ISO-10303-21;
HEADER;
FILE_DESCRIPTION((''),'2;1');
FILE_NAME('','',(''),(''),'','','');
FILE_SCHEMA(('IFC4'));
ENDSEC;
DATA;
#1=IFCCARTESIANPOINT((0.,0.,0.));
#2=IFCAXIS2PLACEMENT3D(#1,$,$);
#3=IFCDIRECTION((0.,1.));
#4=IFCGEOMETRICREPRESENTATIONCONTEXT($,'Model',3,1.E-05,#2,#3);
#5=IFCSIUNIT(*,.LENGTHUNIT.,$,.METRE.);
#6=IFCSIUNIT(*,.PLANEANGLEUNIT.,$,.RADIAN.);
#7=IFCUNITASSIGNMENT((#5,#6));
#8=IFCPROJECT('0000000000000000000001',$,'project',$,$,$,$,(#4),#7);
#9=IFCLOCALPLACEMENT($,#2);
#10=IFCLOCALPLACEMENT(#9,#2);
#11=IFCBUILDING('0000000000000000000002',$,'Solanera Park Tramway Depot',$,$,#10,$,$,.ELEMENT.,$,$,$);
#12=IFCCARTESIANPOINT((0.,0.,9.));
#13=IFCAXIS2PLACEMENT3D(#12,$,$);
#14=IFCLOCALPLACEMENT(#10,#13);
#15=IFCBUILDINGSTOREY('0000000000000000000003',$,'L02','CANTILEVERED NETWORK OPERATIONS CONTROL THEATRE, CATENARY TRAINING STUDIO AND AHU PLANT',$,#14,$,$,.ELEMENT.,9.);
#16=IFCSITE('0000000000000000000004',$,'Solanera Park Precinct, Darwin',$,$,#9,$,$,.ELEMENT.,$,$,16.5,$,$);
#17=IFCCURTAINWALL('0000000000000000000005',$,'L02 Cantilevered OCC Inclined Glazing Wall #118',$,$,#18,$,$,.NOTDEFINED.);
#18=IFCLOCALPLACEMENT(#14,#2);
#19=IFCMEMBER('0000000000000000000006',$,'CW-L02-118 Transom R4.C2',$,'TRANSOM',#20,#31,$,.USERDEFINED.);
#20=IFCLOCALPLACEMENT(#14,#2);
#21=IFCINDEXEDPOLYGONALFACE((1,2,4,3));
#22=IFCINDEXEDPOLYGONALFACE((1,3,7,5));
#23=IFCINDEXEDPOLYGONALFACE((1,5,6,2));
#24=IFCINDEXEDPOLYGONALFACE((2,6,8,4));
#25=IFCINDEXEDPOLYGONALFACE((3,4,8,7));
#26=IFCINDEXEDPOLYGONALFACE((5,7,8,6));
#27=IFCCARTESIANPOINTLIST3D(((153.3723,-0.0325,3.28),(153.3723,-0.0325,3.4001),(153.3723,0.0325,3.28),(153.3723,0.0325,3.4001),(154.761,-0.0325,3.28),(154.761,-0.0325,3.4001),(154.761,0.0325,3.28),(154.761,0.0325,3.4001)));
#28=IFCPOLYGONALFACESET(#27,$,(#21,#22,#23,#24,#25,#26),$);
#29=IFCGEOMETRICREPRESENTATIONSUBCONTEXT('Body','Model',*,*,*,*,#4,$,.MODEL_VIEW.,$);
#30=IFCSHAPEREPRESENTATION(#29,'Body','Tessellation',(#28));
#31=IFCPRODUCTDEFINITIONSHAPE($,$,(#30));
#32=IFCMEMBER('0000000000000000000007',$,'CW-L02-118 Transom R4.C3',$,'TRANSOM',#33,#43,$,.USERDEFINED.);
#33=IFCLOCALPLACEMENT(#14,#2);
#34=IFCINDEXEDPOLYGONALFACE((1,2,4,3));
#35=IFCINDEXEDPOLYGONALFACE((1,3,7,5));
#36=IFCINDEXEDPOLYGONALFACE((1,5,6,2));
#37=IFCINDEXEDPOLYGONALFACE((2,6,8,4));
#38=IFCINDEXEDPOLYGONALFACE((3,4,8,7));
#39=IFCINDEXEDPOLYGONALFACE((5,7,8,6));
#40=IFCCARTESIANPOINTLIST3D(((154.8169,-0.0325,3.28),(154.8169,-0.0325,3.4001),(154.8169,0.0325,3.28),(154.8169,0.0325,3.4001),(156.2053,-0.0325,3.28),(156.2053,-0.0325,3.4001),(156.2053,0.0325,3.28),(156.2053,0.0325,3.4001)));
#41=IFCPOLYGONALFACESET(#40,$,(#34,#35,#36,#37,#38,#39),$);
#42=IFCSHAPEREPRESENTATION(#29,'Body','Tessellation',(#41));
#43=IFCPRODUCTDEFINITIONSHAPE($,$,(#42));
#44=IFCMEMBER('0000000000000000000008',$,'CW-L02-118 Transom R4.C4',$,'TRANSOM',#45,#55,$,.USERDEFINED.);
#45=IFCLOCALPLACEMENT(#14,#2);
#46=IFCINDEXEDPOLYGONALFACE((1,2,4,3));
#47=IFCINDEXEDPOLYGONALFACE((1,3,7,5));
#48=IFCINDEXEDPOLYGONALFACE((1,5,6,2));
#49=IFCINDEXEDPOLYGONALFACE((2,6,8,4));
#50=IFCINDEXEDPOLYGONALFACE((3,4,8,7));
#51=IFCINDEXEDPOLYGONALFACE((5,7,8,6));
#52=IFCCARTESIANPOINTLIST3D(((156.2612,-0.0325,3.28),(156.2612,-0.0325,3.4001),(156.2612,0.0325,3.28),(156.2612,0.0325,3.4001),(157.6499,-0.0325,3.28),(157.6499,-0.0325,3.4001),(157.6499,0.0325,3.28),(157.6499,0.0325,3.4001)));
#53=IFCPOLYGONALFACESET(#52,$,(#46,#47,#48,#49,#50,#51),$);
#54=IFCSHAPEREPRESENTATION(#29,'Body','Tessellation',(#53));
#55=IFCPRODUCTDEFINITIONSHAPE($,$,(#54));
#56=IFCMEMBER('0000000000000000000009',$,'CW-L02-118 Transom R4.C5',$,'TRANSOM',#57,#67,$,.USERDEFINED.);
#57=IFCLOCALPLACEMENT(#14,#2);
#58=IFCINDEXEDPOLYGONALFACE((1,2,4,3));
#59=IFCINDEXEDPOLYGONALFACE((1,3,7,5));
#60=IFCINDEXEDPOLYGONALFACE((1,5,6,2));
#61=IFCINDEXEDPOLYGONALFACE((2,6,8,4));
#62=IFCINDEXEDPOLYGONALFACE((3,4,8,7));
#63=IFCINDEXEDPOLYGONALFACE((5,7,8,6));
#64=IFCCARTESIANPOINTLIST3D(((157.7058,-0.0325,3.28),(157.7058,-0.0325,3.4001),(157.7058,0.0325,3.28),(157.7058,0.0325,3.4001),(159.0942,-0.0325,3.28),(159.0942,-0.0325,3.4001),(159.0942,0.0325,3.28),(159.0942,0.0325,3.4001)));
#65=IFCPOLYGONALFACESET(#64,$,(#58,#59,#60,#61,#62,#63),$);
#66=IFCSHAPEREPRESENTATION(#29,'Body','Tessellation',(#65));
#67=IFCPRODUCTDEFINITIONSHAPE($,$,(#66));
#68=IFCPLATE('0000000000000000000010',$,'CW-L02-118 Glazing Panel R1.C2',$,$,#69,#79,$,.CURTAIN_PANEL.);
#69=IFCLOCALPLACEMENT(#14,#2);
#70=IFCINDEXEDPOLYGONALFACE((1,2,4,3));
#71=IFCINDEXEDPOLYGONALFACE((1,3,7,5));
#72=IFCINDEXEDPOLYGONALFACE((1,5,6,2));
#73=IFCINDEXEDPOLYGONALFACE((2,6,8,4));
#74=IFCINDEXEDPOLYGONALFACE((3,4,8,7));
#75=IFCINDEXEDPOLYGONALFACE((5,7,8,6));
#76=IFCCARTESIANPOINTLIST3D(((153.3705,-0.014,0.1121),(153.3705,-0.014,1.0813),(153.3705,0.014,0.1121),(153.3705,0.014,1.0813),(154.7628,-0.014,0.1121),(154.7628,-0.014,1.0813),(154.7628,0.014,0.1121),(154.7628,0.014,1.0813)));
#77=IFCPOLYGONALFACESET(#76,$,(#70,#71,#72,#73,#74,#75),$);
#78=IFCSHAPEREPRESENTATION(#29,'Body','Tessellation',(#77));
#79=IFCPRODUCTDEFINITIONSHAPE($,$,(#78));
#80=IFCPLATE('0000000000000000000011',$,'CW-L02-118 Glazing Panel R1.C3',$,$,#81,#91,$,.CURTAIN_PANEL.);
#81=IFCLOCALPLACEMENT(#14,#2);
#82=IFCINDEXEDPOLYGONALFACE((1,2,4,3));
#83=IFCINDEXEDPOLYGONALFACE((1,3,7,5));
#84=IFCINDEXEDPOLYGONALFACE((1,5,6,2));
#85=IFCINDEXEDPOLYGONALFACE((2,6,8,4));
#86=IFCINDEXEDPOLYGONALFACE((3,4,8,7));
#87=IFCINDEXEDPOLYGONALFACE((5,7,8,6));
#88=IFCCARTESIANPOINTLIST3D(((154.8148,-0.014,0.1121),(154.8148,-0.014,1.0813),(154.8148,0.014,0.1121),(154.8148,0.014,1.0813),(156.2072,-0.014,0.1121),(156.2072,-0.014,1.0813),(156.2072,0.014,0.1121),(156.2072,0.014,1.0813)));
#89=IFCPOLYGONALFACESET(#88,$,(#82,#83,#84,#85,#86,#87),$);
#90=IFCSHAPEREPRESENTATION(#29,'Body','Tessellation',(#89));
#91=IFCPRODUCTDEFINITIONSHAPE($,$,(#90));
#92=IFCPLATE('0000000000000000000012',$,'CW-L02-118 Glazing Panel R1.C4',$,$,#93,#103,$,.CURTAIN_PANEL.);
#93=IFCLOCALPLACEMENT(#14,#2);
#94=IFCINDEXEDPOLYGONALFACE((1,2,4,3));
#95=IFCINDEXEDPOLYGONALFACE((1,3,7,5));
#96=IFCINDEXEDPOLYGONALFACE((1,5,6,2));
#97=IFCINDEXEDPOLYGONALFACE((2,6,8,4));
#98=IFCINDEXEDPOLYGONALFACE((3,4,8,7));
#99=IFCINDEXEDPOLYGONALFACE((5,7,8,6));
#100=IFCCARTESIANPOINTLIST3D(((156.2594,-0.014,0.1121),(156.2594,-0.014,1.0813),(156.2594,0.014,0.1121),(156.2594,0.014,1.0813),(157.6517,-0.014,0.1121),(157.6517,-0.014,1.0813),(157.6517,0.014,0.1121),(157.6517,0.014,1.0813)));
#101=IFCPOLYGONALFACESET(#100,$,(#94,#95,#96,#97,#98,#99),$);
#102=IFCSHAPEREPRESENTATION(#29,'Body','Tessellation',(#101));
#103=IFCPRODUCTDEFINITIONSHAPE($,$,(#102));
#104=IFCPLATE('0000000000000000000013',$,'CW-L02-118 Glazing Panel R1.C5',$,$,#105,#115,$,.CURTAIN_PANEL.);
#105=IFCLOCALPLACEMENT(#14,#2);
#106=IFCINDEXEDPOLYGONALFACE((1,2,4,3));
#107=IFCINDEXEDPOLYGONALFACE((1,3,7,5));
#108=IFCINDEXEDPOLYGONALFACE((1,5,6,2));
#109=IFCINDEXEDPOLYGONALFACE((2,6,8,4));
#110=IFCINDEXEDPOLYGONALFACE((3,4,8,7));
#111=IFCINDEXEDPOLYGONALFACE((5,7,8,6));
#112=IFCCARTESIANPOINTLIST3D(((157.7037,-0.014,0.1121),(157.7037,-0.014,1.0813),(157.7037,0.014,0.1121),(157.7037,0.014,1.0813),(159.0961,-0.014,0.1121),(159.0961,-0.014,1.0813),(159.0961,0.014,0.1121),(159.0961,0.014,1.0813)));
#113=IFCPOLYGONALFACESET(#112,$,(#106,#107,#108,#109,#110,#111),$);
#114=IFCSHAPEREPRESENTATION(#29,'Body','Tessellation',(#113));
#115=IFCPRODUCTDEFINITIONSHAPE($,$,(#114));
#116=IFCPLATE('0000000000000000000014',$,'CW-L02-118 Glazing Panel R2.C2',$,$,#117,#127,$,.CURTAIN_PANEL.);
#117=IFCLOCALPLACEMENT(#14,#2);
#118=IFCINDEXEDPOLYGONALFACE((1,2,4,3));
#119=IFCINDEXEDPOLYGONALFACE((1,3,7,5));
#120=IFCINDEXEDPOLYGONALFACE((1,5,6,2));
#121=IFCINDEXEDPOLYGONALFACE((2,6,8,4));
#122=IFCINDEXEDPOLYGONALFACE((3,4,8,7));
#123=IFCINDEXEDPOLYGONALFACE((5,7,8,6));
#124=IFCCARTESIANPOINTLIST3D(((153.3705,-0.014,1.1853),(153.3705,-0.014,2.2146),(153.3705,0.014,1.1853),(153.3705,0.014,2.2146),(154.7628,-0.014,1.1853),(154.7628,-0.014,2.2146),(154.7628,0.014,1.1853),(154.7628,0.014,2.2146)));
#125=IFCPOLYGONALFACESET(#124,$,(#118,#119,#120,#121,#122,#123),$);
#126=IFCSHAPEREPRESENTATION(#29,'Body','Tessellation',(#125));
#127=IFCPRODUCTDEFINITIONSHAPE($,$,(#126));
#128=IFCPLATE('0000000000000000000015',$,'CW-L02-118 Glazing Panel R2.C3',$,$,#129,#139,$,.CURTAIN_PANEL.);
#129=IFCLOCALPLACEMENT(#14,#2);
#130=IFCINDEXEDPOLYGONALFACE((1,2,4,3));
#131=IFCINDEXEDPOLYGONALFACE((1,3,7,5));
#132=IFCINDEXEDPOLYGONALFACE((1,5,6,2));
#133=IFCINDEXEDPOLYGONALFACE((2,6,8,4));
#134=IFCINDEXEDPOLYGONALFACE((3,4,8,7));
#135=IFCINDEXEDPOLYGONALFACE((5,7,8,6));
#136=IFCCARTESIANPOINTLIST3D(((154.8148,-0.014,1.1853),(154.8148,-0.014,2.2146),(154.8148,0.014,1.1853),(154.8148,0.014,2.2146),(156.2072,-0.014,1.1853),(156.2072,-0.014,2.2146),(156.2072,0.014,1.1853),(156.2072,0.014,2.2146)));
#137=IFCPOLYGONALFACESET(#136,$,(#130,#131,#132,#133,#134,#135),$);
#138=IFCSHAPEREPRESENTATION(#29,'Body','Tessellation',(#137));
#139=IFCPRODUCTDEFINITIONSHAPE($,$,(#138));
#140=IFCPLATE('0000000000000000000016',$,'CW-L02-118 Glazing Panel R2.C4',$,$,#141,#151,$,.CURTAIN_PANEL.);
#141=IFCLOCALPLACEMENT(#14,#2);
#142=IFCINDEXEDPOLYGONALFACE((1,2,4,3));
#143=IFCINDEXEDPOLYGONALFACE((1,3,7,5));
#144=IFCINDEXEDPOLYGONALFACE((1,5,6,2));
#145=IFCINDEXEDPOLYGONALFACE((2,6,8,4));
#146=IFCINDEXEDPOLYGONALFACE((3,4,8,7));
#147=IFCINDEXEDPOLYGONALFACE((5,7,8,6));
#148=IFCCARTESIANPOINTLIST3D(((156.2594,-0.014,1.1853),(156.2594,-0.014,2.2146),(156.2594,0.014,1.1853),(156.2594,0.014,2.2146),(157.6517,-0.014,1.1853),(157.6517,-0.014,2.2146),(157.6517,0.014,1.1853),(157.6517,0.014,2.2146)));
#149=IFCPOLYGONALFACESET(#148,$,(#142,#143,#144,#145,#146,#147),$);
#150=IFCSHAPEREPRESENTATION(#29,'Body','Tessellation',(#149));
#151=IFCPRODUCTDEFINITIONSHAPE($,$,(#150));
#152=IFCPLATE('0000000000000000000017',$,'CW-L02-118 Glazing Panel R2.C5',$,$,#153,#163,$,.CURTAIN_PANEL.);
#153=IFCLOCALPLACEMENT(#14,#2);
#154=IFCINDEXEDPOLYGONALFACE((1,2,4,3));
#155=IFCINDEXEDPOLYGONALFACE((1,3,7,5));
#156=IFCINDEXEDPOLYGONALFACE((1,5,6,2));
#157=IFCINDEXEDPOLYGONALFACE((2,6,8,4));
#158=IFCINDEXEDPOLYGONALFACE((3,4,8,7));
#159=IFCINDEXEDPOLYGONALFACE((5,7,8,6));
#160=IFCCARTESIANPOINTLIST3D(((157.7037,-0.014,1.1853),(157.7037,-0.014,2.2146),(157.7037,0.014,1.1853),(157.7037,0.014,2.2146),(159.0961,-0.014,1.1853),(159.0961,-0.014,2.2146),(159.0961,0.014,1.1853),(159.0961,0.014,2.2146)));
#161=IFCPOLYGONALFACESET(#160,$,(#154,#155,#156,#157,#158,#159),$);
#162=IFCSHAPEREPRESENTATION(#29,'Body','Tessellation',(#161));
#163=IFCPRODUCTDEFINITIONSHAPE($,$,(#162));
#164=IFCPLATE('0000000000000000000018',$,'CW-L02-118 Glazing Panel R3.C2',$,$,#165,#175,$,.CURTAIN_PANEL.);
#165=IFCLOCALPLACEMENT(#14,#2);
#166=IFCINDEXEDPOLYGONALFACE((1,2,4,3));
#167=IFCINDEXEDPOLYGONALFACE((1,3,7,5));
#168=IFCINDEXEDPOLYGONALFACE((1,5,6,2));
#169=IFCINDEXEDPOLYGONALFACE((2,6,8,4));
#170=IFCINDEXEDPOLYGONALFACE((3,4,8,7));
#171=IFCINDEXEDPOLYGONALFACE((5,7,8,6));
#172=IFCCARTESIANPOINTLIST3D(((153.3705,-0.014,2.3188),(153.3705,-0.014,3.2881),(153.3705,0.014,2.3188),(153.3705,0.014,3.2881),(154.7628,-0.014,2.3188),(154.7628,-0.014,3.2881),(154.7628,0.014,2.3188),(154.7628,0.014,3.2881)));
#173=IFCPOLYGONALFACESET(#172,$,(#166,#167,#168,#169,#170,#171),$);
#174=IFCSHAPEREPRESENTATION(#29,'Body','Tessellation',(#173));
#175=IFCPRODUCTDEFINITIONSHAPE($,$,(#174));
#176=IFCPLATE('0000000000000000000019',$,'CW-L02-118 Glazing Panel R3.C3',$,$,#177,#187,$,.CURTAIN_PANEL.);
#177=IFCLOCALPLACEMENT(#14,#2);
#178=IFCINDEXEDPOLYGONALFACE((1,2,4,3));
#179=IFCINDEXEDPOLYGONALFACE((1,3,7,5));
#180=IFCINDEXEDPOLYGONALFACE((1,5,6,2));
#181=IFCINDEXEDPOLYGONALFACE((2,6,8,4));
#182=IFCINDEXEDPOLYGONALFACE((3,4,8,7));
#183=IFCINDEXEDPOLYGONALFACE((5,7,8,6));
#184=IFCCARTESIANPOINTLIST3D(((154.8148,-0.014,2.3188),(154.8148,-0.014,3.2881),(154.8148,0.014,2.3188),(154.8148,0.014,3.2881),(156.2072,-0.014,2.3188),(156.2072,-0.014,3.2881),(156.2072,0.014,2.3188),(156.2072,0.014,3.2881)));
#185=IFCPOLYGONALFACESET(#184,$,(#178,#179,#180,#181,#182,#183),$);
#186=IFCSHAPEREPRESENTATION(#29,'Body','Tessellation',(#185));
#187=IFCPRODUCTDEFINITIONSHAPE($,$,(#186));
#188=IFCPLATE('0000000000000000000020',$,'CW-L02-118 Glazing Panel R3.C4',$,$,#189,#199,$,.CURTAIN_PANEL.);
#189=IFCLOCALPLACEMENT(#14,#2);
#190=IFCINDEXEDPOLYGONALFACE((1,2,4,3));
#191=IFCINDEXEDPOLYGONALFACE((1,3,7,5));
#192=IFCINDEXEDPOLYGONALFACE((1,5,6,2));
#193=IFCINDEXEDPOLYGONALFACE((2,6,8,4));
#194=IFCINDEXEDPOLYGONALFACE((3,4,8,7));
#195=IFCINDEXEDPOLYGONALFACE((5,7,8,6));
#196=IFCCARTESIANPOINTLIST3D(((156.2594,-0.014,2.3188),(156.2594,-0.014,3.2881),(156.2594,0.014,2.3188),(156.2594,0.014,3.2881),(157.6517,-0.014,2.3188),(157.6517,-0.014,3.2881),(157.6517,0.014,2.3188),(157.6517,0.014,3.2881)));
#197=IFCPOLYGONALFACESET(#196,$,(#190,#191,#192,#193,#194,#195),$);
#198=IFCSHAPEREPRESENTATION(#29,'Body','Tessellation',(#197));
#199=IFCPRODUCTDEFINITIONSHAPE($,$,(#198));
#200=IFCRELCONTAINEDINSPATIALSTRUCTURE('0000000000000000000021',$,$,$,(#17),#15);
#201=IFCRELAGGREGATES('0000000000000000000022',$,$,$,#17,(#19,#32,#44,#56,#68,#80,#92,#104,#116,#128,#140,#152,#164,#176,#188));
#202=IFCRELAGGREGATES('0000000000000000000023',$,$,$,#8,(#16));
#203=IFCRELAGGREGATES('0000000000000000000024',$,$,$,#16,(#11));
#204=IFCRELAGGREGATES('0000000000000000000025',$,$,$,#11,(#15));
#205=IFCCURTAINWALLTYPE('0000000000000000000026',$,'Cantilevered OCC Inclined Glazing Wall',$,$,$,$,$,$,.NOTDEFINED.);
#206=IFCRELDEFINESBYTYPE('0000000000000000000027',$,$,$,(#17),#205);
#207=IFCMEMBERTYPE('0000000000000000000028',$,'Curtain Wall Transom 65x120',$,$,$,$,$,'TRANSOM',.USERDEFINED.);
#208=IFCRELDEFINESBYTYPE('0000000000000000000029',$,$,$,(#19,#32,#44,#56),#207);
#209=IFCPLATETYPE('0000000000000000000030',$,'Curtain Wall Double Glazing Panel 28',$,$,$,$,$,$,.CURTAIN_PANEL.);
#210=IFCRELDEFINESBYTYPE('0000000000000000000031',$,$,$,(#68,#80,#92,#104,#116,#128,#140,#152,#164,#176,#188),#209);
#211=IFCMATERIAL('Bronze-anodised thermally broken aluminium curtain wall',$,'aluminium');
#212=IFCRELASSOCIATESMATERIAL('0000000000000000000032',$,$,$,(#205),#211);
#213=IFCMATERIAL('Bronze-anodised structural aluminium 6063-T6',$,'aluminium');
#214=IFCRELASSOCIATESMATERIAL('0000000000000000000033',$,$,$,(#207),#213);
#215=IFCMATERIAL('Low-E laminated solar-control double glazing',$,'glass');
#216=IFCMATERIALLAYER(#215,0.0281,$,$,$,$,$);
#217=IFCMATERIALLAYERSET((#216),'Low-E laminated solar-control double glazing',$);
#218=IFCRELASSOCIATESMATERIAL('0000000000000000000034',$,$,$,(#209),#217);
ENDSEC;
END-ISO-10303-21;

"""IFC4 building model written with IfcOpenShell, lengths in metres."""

from ifc_helpers import new_model, si_unit, direction, frame, origin, origin_2d, place, context, subcontext, project, spatial, rectangle, extrude, material, layer, layer_set, material_profile, profile_set, type_object, element, aggregate, save


model = new_model("IFC4")

# Units and contexts
model_context = context("Model", 3, precision=1e-05, world=origin(), true_north=direction((0.0, 1.0)))
body_context = subcontext(model_context, "Body", "Model", "MODEL_VIEW")
ifc_project = project(units=[si_unit("LENGTHUNIT", "METRE"), si_unit("PLANEANGLEUNIT", "RADIAN")], contexts=[model_context])

# Site, building, storey
site_placement = place(None, origin())
site = spatial("IfcSite", under=ifc_project, at=site_placement, Name="Solanera Park Precinct, Darwin", CompositionType="ELEMENT", RefElevation=16.5)
building_placement = place(site_placement, origin())
building = spatial("IfcBuilding", under=site, at=building_placement, Name="Solanera Park Tramway Depot", CompositionType="ELEMENT")
storey_placement = place(building_placement, frame((0.0, 0.0, 9.0)))
storey = spatial("IfcBuildingStorey", under=building, at=storey_placement, Name="L02", Description="CANTILEVERED NETWORK OPERATIONS CONTROL THEATRE, CATENARY TRAINING STUDIO AND AHU PLANT", CompositionType="ELEMENT", Elevation=9.0)

# Curtain wall, members, plates
ifc_material_1 = material(Name="Bronze-anodised thermally broken aluminium curtain wall", Category="aluminium")
curtain_wall_type = type_object("IfcCurtainWallType", Name="Cantilevered OCC Inclined Glazing Wall", PredefinedType="NOTDEFINED", material=ifc_material_1)
curtain_wall_placement = place(storey_placement, origin())
curtain_wall = element("IfcCurtainWall", 1, at=curtain_wall_placement, inside=storey, type_object=curtain_wall_type, Name="L02 Cantilevered OCC Inclined Glazing Wall #118", PredefinedType="NOTDEFINED")
ifc_material_2 = material(Name="Bronze-anodised structural aluminium 6063-T6", Category="aluminium")
ifc_material_profile_1 = material_profile(ifc_material_2, rectangle(XDim=0.0649, YDim=0.1201, at=origin_2d()), Name="Curtain Wall Transom 65x120")
ifc_profile_set_1 = profile_set([ifc_material_profile_1], Name="Bronze-anodised structural aluminium 6063-T6")
member_type_1 = type_object("IfcMemberType", Name="Curtain Wall Transom 65x120", ElementType="TRANSOM", PredefinedType="USERDEFINED", material=ifc_profile_set_1)
member_1_placement = place(storey_placement, frame((153.3723, 0.0, 3.3401), z_axis=(1.0, 0.0, 0.0), x_axis=(0.0, 1.0, 0.0)))
member_1 = element("IfcMember", 2, at=member_1_placement, type_object=member_type_1, Name="CW-L02-118 Transom R4.C2", ObjectType="TRANSOM", PredefinedType="USERDEFINED", context=body_context, shape_type="SweptSolid", body=[
    extrude(rectangle(XDim=0.0649, YDim=0.1201, at=origin_2d()), origin(), (0.0, 0.0, 1.0), 1.3887),
])
member_2_placement = place(storey_placement, frame((154.8169, 0.0, 3.3401), z_axis=(1.0, 0.0, 0.0), x_axis=(0.0, 1.0, 0.0)))
member_2 = element("IfcMember", 3, at=member_2_placement, type_object=member_type_1, Name="CW-L02-118 Transom R4.C3", ObjectType="TRANSOM", PredefinedType="USERDEFINED", context=body_context, shape_type="SweptSolid", body=[
    extrude(rectangle(XDim=0.0649, YDim=0.1201, at=origin_2d()), origin(), (0.0, 0.0, 1.0), 1.3884),
])
member_3_placement = place(storey_placement, frame((156.2612, 0.0, 3.3401), z_axis=(1.0, 0.0, 0.0), x_axis=(0.0, 1.0, 0.0)))
member_3 = element("IfcMember", 4, at=member_3_placement, type_object=member_type_1, Name="CW-L02-118 Transom R4.C4", ObjectType="TRANSOM", PredefinedType="USERDEFINED", context=body_context, shape_type="SweptSolid", body=[
    extrude(rectangle(XDim=0.0649, YDim=0.1201, at=origin_2d()), origin(), (0.0, 0.0, 1.0), 1.3887),
])
member_4_placement = place(storey_placement, frame((157.7058, 0.0, 3.3401), z_axis=(1.0, 0.0, 0.0), x_axis=(0.0, 1.0, 0.0)))
member_4 = element("IfcMember", 5, at=member_4_placement, type_object=member_type_1, Name="CW-L02-118 Transom R4.C5", ObjectType="TRANSOM", PredefinedType="USERDEFINED", context=body_context, shape_type="SweptSolid", body=[
    extrude(rectangle(XDim=0.0649, YDim=0.1201, at=origin_2d()), origin(), (0.0, 0.0, 1.0), 1.3884),
])
ifc_material_3 = material(Name="Low-E laminated solar-control double glazing", Category="glass")
ifc_layer = layer(ifc_material_3, 0.0281)
ifc_layer_set = layer_set([ifc_layer], Name="Low-E laminated solar-control double glazing")
plate_type = type_object("IfcPlateType", Name="Curtain Wall Double Glazing Panel 28", PredefinedType="CURTAIN_PANEL", material=ifc_layer_set)
plate_1_placement = place(storey_placement, frame((154.0667, 0.0, 0.1121), z_axis=(0.0, 0.0, 1.0), x_axis=(1.0, 0.0, 0.0)))
plate_1 = element("IfcPlate", 6, at=plate_1_placement, type_object=plate_type, Name="CW-L02-118 Glazing Panel R1.C2", PredefinedType="CURTAIN_PANEL", context=body_context, shape_type="SweptSolid", body=[
    extrude(rectangle(XDim=1.3923, YDim=0.0281, at=origin_2d()), origin(), (0.0, 0.0, 1.0), 0.9692),
])
plate_2_placement = place(storey_placement, frame((155.511, 0.0, 0.1121), z_axis=(0.0, 0.0, 1.0), x_axis=(1.0, 0.0, 0.0)))
plate_2 = element("IfcPlate", 7, at=plate_2_placement, type_object=plate_type, Name="CW-L02-118 Glazing Panel R1.C3", PredefinedType="CURTAIN_PANEL", context=body_context, shape_type="SweptSolid", body=[
    extrude(rectangle(XDim=1.3923, YDim=0.0281, at=origin_2d()), origin(), (0.0, 0.0, 1.0), 0.9692),
])
plate_3_placement = place(storey_placement, frame((156.9556, 0.0, 0.1121), z_axis=(0.0, 0.0, 1.0), x_axis=(1.0, 0.0, 0.0)))
plate_3 = element("IfcPlate", 8, at=plate_3_placement, type_object=plate_type, Name="CW-L02-118 Glazing Panel R1.C4", PredefinedType="CURTAIN_PANEL", context=body_context, shape_type="SweptSolid", body=[
    extrude(rectangle(XDim=1.3923, YDim=0.0281, at=origin_2d()), origin(), (0.0, 0.0, 1.0), 0.9692),
])
plate_4_placement = place(storey_placement, frame((158.3999, 0.0, 0.1121), z_axis=(0.0, 0.0, 1.0), x_axis=(1.0, 0.0, 0.0)))
plate_4 = element("IfcPlate", 9, at=plate_4_placement, type_object=plate_type, Name="CW-L02-118 Glazing Panel R1.C5", PredefinedType="CURTAIN_PANEL", context=body_context, shape_type="SweptSolid", body=[
    extrude(rectangle(XDim=1.3923, YDim=0.0281, at=origin_2d()), origin(), (0.0, 0.0, 1.0), 0.9692),
])
plate_5_placement = place(storey_placement, frame((154.0667, 0.0, 1.1853), z_axis=(0.0, 0.0, 1.0), x_axis=(1.0, 0.0, 0.0)))
plate_5 = element("IfcPlate", 10, at=plate_5_placement, type_object=plate_type, Name="CW-L02-118 Glazing Panel R2.C2", PredefinedType="CURTAIN_PANEL", context=body_context, shape_type="SweptSolid", body=[
    extrude(rectangle(XDim=1.3923, YDim=0.0281, at=origin_2d()), origin(), (0.0, 0.0, 1.0), 1.0293),
])
plate_6_placement = place(storey_placement, frame((155.511, 0.0, 1.1853), z_axis=(0.0, 0.0, 1.0), x_axis=(1.0, 0.0, 0.0)))
plate_6 = element("IfcPlate", 11, at=plate_6_placement, type_object=plate_type, Name="CW-L02-118 Glazing Panel R2.C3", PredefinedType="CURTAIN_PANEL", context=body_context, shape_type="SweptSolid", body=[
    extrude(rectangle(XDim=1.3923, YDim=0.0281, at=origin_2d()), origin(), (0.0, 0.0, 1.0), 1.0293),
])
plate_7_placement = place(storey_placement, frame((156.9556, 0.0, 1.1853), z_axis=(0.0, 0.0, 1.0), x_axis=(1.0, 0.0, 0.0)))
plate_7 = element("IfcPlate", 12, at=plate_7_placement, type_object=plate_type, Name="CW-L02-118 Glazing Panel R2.C4", PredefinedType="CURTAIN_PANEL", context=body_context, shape_type="SweptSolid", body=[
    extrude(rectangle(XDim=1.3923, YDim=0.0281, at=origin_2d()), origin(), (0.0, 0.0, 1.0), 1.0293),
])
plate_8_placement = place(storey_placement, frame((158.3999, 0.0, 1.1853), z_axis=(0.0, 0.0, 1.0), x_axis=(1.0, 0.0, 0.0)))
plate_8 = element("IfcPlate", 13, at=plate_8_placement, type_object=plate_type, Name="CW-L02-118 Glazing Panel R2.C5", PredefinedType="CURTAIN_PANEL", context=body_context, shape_type="SweptSolid", body=[
    extrude(rectangle(XDim=1.3923, YDim=0.0281, at=origin_2d()), origin(), (0.0, 0.0, 1.0), 1.0293),
])
plate_9_placement = place(storey_placement, frame((154.0667, 0.0, 2.3188), z_axis=(0.0, 0.0, 1.0), x_axis=(1.0, 0.0, 0.0)))
plate_9 = element("IfcPlate", 14, at=plate_9_placement, type_object=plate_type, Name="CW-L02-118 Glazing Panel R3.C2", PredefinedType="CURTAIN_PANEL", context=body_context, shape_type="SweptSolid", body=[
    extrude(rectangle(XDim=1.3923, YDim=0.0281, at=origin_2d()), origin(), (0.0, 0.0, 1.0), 0.9692),
])
plate_10_placement = place(storey_placement, frame((155.511, 0.0, 2.3188), z_axis=(0.0, 0.0, 1.0), x_axis=(1.0, 0.0, 0.0)))
plate_10 = element("IfcPlate", 15, at=plate_10_placement, type_object=plate_type, Name="CW-L02-118 Glazing Panel R3.C3", PredefinedType="CURTAIN_PANEL", context=body_context, shape_type="SweptSolid", body=[
    extrude(rectangle(XDim=1.3923, YDim=0.0281, at=origin_2d()), origin(), (0.0, 0.0, 1.0), 0.9692),
])
plate_11_placement = place(storey_placement, frame((156.9556, 0.0, 2.3188), z_axis=(0.0, 0.0, 1.0), x_axis=(1.0, 0.0, 0.0)))
plate_11 = element("IfcPlate", 16, at=plate_11_placement, type_object=plate_type, Name="CW-L02-118 Glazing Panel R3.C4", PredefinedType="CURTAIN_PANEL", context=body_context, shape_type="SweptSolid", body=[
    extrude(rectangle(XDim=1.3923, YDim=0.0281, at=origin_2d()), origin(), (0.0, 0.0, 1.0), 0.9692),
])
aggregate(curtain_wall, [member_1, member_2, member_3, member_4, plate_1, plate_2, plate_3, plate_4, plate_5, plate_6, plate_7, plate_8, plate_9, plate_10, plate_11])

save(model, "model.ifc")
